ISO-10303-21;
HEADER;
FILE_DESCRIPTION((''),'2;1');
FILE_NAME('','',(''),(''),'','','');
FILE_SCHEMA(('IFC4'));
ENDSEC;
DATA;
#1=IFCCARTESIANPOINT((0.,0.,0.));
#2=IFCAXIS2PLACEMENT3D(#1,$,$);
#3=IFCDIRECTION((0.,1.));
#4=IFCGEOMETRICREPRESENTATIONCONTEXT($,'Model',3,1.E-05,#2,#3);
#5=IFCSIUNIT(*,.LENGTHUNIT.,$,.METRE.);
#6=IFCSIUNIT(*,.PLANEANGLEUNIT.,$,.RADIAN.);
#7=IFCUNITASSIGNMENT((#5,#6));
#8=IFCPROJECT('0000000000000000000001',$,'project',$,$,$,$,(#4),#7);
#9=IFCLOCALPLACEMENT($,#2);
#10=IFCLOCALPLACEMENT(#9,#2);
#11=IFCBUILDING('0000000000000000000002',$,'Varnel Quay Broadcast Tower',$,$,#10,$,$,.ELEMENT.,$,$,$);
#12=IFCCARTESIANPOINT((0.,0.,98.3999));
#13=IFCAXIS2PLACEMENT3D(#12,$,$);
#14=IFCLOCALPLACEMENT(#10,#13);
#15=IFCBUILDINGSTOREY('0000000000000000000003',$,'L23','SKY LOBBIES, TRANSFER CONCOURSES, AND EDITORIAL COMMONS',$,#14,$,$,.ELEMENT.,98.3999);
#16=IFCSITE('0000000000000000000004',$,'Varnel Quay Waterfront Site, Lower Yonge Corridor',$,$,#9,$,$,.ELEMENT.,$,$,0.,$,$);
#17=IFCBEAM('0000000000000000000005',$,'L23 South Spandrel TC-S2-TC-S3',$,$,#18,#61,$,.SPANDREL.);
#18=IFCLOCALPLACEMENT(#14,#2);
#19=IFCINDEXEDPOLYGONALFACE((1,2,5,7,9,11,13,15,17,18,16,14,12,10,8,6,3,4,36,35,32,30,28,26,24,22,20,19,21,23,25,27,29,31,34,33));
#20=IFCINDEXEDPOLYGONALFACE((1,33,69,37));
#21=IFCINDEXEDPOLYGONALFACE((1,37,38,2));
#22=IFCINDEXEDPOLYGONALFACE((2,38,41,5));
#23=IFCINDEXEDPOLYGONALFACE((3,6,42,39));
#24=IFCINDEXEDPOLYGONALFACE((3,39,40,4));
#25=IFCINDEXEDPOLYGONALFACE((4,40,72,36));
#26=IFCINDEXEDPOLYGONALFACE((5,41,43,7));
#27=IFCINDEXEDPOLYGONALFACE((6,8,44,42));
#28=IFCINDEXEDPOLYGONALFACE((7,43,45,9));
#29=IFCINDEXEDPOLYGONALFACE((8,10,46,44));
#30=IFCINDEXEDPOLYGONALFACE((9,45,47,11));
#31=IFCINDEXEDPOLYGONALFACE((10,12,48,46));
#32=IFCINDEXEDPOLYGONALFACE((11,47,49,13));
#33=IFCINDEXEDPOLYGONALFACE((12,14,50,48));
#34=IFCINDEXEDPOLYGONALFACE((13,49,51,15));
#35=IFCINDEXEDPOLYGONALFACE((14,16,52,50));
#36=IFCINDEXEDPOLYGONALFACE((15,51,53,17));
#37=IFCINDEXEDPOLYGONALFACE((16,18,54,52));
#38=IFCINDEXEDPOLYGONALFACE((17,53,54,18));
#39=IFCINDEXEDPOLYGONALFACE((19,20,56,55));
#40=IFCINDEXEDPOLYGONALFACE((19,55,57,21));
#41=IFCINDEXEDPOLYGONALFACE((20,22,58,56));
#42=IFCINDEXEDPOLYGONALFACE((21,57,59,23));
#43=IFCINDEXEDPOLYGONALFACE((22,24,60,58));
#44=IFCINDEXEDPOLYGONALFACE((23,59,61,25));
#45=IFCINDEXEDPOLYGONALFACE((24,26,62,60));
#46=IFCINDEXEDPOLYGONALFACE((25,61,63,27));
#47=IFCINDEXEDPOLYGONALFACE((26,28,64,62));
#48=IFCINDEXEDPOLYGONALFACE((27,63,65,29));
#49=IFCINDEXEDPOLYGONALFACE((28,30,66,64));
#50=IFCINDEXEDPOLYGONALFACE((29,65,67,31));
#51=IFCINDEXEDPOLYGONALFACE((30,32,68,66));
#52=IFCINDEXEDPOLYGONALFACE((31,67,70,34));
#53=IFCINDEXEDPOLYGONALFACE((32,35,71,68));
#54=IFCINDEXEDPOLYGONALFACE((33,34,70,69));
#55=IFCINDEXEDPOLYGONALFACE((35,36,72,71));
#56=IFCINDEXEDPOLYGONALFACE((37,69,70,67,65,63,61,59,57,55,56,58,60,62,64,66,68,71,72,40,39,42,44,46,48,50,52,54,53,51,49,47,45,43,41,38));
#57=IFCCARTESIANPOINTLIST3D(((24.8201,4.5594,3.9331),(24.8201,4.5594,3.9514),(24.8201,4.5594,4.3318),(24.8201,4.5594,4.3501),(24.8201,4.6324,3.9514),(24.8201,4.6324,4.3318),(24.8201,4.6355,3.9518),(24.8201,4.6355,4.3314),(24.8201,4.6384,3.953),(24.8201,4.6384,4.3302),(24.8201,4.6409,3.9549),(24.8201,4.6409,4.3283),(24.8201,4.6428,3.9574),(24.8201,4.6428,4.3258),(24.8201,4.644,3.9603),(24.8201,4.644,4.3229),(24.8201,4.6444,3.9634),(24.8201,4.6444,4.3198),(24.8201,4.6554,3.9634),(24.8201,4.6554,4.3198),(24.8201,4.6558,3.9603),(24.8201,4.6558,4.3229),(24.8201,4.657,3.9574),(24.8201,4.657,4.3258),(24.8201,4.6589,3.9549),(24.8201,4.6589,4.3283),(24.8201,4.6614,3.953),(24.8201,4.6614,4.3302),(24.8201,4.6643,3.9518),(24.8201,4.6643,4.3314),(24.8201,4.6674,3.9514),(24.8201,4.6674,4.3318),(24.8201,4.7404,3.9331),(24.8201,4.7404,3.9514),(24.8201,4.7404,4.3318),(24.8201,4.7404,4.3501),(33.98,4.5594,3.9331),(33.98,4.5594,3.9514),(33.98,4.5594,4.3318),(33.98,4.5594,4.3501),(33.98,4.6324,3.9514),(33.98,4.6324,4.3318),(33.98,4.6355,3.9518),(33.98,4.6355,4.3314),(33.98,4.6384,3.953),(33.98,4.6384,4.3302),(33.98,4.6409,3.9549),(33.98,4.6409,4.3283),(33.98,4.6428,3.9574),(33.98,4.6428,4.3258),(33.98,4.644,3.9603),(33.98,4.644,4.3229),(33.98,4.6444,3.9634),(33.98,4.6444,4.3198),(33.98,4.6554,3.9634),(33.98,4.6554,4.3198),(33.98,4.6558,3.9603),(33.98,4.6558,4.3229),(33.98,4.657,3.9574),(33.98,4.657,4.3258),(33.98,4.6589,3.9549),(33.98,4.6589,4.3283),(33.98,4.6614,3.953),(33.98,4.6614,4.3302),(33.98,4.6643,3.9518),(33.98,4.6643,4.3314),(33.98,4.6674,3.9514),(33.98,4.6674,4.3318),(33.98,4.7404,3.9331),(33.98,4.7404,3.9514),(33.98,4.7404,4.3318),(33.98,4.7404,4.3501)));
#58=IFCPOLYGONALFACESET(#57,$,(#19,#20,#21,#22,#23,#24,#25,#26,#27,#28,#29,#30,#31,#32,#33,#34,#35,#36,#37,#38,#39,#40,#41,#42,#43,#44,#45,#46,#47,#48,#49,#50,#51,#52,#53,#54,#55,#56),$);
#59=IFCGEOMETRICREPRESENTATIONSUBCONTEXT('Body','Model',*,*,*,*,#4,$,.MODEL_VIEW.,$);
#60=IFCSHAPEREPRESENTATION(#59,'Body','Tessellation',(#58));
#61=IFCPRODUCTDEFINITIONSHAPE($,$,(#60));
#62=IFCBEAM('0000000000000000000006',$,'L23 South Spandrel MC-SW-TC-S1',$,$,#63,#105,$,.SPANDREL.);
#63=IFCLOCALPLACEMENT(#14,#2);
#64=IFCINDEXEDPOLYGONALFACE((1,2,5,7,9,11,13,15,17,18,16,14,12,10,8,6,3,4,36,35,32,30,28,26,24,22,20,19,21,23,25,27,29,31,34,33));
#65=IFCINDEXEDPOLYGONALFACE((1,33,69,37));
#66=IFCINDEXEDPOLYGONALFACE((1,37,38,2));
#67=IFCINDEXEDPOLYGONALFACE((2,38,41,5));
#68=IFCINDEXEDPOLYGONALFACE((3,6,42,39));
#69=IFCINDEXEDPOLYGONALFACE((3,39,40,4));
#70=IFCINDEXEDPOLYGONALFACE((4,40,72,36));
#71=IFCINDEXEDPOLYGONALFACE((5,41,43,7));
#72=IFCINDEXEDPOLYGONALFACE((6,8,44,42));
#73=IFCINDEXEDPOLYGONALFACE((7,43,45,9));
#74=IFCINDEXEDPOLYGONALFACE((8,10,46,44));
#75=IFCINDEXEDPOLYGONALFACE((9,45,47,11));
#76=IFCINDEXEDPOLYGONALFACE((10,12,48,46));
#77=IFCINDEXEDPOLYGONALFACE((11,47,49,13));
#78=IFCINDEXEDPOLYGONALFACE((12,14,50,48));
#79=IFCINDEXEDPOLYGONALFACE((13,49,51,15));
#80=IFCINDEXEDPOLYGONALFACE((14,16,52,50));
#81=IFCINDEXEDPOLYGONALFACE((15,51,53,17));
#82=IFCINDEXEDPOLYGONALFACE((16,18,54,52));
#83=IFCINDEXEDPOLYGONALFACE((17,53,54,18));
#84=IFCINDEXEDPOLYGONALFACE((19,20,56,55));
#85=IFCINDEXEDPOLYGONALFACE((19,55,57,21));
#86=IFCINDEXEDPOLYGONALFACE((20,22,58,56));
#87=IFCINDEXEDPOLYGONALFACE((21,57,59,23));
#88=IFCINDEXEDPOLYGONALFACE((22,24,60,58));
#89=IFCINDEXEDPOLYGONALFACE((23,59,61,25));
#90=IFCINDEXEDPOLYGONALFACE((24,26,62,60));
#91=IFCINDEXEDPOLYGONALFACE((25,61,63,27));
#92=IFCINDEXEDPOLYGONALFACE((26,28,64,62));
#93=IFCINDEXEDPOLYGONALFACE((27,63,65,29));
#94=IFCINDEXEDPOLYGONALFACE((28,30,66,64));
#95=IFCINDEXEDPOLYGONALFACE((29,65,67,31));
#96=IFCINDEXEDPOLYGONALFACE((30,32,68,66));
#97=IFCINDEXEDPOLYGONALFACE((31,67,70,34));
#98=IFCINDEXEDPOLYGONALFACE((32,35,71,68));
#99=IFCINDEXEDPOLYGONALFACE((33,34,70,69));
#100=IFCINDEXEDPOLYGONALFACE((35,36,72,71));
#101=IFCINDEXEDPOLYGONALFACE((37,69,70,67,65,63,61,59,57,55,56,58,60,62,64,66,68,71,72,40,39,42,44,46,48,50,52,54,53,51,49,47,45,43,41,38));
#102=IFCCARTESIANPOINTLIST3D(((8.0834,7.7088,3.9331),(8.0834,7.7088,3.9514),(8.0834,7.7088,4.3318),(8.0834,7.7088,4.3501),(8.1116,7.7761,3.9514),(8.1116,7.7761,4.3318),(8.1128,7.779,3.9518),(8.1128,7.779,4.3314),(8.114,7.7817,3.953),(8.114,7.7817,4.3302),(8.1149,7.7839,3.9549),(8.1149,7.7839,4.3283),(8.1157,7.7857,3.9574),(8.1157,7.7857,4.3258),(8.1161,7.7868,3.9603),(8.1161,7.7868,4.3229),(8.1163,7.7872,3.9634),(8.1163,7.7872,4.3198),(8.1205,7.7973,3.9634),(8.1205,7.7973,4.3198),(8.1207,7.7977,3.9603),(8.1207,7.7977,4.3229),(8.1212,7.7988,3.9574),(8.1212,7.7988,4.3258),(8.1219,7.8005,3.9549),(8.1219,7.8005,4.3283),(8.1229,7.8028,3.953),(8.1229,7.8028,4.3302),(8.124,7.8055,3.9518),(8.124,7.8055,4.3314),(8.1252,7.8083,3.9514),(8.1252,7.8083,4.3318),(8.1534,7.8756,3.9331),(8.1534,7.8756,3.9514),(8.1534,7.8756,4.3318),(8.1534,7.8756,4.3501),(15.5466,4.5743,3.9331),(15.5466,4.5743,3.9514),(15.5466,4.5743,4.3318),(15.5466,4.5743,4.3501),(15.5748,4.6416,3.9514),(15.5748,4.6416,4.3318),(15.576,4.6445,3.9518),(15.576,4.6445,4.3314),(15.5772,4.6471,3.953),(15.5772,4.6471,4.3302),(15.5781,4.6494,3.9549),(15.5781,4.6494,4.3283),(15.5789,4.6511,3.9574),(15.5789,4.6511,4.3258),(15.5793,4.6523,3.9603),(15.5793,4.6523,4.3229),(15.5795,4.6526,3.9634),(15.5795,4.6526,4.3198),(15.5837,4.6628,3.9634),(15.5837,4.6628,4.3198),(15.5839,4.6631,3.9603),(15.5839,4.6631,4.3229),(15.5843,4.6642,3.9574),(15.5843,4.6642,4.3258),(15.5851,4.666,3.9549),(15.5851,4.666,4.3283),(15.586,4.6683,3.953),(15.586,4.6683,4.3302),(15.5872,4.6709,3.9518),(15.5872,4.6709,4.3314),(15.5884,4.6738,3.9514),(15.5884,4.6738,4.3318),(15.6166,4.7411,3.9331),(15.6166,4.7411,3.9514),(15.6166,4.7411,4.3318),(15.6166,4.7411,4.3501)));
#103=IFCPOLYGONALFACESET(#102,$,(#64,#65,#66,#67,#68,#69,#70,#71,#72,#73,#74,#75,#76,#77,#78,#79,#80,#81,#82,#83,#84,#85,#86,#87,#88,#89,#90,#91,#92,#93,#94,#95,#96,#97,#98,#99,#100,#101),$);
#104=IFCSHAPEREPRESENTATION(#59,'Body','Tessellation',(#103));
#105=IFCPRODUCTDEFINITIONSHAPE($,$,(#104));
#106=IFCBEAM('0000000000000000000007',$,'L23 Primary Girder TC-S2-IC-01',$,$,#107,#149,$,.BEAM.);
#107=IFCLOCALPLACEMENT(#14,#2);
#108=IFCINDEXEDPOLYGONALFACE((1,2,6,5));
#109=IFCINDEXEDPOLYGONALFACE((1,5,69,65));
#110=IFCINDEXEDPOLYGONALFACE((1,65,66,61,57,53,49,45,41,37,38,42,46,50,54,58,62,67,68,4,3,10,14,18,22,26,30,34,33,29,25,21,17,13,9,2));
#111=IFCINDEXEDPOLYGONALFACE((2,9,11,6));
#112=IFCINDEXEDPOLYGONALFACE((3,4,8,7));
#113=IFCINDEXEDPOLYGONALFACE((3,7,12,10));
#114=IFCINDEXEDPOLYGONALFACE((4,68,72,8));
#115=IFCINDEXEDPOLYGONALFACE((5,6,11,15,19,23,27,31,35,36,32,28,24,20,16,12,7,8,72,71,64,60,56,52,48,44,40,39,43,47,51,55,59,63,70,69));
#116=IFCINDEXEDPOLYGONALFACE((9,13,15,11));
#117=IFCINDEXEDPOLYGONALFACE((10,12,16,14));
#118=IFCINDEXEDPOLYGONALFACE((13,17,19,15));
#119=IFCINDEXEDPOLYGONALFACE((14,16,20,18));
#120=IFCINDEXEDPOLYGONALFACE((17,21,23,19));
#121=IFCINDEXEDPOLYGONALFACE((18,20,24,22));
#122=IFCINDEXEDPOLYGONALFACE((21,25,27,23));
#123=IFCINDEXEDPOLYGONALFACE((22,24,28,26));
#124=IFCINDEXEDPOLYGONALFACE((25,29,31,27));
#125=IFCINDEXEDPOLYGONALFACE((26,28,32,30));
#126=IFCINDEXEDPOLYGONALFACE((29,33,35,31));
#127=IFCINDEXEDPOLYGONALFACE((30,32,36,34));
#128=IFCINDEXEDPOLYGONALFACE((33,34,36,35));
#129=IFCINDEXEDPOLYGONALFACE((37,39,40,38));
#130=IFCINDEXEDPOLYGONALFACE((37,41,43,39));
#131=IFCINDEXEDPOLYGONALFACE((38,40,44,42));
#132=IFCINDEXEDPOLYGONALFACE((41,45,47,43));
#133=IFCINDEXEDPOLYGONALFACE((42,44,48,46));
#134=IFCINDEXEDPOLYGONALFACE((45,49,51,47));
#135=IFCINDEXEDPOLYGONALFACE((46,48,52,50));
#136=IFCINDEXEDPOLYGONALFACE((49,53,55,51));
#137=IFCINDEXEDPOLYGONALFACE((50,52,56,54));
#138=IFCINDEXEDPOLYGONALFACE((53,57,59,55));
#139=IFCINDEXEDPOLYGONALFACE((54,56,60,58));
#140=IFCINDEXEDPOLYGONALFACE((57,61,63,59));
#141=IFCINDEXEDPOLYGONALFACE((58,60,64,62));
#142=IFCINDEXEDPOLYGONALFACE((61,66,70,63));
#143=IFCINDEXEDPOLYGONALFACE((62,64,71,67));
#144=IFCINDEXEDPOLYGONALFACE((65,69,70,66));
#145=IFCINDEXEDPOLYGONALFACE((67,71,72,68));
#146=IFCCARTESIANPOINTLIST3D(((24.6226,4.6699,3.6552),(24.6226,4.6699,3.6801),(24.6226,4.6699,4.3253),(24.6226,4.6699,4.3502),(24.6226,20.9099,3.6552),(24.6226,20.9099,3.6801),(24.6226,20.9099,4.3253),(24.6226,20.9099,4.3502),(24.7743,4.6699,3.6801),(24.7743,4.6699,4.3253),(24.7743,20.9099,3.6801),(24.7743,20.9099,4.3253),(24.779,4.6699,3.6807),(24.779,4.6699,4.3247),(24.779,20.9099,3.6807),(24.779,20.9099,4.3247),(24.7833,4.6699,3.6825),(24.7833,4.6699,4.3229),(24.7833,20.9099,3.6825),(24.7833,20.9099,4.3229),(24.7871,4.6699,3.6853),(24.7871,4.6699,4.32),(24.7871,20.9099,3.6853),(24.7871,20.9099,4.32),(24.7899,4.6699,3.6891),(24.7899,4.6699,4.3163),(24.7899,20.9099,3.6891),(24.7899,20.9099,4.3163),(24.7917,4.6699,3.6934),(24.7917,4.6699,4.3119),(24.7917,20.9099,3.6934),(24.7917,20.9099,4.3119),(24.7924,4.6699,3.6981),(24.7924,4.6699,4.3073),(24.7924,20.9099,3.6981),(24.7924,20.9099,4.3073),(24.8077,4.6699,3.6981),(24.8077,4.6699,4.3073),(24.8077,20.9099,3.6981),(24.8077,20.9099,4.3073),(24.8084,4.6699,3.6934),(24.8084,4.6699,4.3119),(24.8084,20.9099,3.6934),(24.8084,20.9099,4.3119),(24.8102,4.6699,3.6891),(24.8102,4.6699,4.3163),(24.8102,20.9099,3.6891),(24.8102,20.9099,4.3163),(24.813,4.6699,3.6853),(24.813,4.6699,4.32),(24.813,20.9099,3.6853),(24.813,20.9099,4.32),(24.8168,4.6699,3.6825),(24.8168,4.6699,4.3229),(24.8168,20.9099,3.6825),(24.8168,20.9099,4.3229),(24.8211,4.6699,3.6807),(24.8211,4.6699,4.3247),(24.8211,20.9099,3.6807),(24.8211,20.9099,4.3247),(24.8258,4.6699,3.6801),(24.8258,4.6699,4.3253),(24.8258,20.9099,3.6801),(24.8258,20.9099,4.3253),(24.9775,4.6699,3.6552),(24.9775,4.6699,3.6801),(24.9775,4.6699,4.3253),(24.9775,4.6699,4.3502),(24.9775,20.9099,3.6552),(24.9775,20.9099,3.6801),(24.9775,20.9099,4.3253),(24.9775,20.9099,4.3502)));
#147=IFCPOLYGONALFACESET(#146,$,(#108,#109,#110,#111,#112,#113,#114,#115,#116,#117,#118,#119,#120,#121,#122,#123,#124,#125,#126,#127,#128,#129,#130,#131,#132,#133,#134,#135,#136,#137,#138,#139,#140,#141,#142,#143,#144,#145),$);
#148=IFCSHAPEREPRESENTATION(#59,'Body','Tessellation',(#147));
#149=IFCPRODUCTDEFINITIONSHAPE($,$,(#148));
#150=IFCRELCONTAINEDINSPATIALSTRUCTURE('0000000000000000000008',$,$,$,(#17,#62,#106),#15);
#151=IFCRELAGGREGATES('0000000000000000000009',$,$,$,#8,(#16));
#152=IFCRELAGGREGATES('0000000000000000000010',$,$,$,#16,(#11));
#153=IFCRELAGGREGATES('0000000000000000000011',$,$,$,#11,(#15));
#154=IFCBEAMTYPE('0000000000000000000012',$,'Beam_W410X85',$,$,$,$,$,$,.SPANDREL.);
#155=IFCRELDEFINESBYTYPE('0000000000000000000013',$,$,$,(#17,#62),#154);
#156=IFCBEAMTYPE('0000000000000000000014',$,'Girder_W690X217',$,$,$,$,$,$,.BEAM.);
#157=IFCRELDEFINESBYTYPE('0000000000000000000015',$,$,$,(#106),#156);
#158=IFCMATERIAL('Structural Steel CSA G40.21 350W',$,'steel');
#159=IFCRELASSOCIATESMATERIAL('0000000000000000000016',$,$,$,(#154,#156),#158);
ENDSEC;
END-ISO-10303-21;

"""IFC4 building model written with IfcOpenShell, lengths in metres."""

from ifc_helpers import new_model, si_unit, direction, frame, origin, origin_2d, place, context, subcontext, project, spatial, i_section, extrude, source, transform, mapped, material, material_profile, profile_set, type_object, type_shapes, element, save


model = new_model("IFC4")

# Units and contexts
model_context = context("Model", 3, precision=1e-05, world=origin(), true_north=direction((0.0, 1.0)))
body_context = subcontext(model_context, "Body", "Model", "MODEL_VIEW")
ifc_project = project(units=[si_unit("LENGTHUNIT", "METRE"), si_unit("PLANEANGLEUNIT", "RADIAN")], contexts=[model_context])

# Site, building, storey
site_placement = place(None, origin())
site = spatial("IfcSite", under=ifc_project, at=site_placement, Name="Varnel Quay Waterfront Site, Lower Yonge Corridor", CompositionType="ELEMENT", RefElevation=0.0)
building_placement = place(site_placement, origin())
building = spatial("IfcBuilding", under=site, at=building_placement, Name="Varnel Quay Broadcast Tower", CompositionType="ELEMENT")
storey_placement = place(building_placement, frame((0.0, 0.0, 98.3999)))
storey = spatial("IfcBuildingStorey", under=building, at=storey_placement, Name="L23", Description="SKY LOBBIES, TRANSFER CONCOURSES, AND EDITORIAL COMMONS", CompositionType="ELEMENT", Elevation=98.3999)

# Shared definitions
ifc_material_1 = material(Name="Structural Steel CSA G40.21 350W", Category="steel")

# Beams
ifc_material_profile_1 = material_profile(ifc_material_1, i_section(OverallWidth=0.1809, OverallDepth=0.417, WebThickness=0.011, FlangeThickness=0.0183, FilletRadius=0.012, at=origin_2d()), Name="W410X85")
ifc_profile_set_1 = profile_set([ifc_material_profile_1], Name="Structural Steel CSA G40.21 350W")
beam_type_1 = type_object("IfcBeamType", Name="Beam_W410X85", PredefinedType="SPANDREL", material=ifc_profile_set_1)
shared_shape_1 = source(origin(), body_context, "Body", "SweptSolid", [
    extrude(i_section(OverallWidth=0.1809, OverallDepth=0.417, WebThickness=0.011, FlangeThickness=0.0183, FilletRadius=0.012, at=origin_2d()), origin(), (0.0, 0.0, 1.0), 9.1599),
])
for number, where, z_axis, x_axis, name in (
    (1, (24.8201, 4.6499, 4.1416), (1.0, 0.0, 0.0), (0.0, 1.0, 0.0), "L23 South Spandrel TC-S2-TC-S3"),
):
    element("IfcBeam", number, at=place(storey_placement, frame(where, z_axis=z_axis, x_axis=x_axis)), inside=storey, type_object=beam_type_1, Name=name, PredefinedType="SPANDREL", context=body_context, shape_type="MappedRepresentation", body=[
        mapped(shared_shape_1, transform((0.0, 0.0, 0.0), x_axis=(1.0, 0.0, 0.0), y_axis=(0.0, 1.0, 0.0), z_axis=(0.0, 0.0, 1.0), scale=1.0)),
    ])
shared_shape_2 = source(origin(), body_context, "Body", "SweptSolid", [
    extrude(i_section(OverallWidth=0.1809, OverallDepth=0.417, WebThickness=0.011, FlangeThickness=0.0183, FilletRadius=0.012, at=origin_2d()), origin(), (0.0, 0.0, 1.0), 8.0947),
])
type_shapes(beam_type_1, [shared_shape_1, shared_shape_2])
beam_1_placement = place(storey_placement, frame((8.1184, 7.7922, 4.1416), z_axis=(0.921982, -0.387233, 0.0), x_axis=(0.387233, 0.921982, 0.0)))
element("IfcBeam", 2, at=beam_1_placement, inside=storey, type_object=beam_type_1, Name="L23 South Spandrel MC-SW-TC-S1", PredefinedType="SPANDREL", context=body_context, shape_type="MappedRepresentation", body=[
    mapped(shared_shape_2, transform((0.0, 0.0, 0.0), x_axis=(1.0, 0.0, 0.0), y_axis=(0.0, 1.0, 0.0), z_axis=(0.0, 0.0, 1.0), scale=1.0)),
])
ifc_material_profile_2 = material_profile(ifc_material_1, i_section(OverallWidth=0.355, OverallDepth=0.6951, WebThickness=0.0154, FlangeThickness=0.0249, FilletRadius=0.0181, at=origin_2d()), Name="W690X217")
ifc_profile_set_2 = profile_set([ifc_material_profile_2], Name="Structural Steel CSA G40.21 350W")
beam_type_2 = type_object("IfcBeamType", Name="Girder_W690X217", PredefinedType="BEAM", material=ifc_profile_set_2)
shared_shape_3 = source(origin(), body_context, "Body", "SweptSolid", [
    extrude(i_section(OverallWidth=0.355, OverallDepth=0.6951, WebThickness=0.0154, FlangeThickness=0.0249, FilletRadius=0.0181, at=origin_2d()), origin(), (0.0, 0.0, 1.0), 16.24),
])
beam_2_placement = place(storey_placement, frame((24.8, 4.6699, 4.0027), z_axis=(0.0, 1.0, 0.0), x_axis=(-1.0, 0.0, 0.0)))
element("IfcBeam", 3, at=beam_2_placement, inside=storey, type_object=beam_type_2, Name="L23 Primary Girder TC-S2-IC-01", PredefinedType="BEAM", context=body_context, shape_type="MappedRepresentation", body=[
    mapped(shared_shape_3, transform((0.0, 0.0, 0.0), x_axis=(1.0, 0.0, 0.0), y_axis=(0.0, 1.0, 0.0), z_axis=(0.0, 0.0, 1.0), scale=1.0)),
])

save(model, "model.ifc")
